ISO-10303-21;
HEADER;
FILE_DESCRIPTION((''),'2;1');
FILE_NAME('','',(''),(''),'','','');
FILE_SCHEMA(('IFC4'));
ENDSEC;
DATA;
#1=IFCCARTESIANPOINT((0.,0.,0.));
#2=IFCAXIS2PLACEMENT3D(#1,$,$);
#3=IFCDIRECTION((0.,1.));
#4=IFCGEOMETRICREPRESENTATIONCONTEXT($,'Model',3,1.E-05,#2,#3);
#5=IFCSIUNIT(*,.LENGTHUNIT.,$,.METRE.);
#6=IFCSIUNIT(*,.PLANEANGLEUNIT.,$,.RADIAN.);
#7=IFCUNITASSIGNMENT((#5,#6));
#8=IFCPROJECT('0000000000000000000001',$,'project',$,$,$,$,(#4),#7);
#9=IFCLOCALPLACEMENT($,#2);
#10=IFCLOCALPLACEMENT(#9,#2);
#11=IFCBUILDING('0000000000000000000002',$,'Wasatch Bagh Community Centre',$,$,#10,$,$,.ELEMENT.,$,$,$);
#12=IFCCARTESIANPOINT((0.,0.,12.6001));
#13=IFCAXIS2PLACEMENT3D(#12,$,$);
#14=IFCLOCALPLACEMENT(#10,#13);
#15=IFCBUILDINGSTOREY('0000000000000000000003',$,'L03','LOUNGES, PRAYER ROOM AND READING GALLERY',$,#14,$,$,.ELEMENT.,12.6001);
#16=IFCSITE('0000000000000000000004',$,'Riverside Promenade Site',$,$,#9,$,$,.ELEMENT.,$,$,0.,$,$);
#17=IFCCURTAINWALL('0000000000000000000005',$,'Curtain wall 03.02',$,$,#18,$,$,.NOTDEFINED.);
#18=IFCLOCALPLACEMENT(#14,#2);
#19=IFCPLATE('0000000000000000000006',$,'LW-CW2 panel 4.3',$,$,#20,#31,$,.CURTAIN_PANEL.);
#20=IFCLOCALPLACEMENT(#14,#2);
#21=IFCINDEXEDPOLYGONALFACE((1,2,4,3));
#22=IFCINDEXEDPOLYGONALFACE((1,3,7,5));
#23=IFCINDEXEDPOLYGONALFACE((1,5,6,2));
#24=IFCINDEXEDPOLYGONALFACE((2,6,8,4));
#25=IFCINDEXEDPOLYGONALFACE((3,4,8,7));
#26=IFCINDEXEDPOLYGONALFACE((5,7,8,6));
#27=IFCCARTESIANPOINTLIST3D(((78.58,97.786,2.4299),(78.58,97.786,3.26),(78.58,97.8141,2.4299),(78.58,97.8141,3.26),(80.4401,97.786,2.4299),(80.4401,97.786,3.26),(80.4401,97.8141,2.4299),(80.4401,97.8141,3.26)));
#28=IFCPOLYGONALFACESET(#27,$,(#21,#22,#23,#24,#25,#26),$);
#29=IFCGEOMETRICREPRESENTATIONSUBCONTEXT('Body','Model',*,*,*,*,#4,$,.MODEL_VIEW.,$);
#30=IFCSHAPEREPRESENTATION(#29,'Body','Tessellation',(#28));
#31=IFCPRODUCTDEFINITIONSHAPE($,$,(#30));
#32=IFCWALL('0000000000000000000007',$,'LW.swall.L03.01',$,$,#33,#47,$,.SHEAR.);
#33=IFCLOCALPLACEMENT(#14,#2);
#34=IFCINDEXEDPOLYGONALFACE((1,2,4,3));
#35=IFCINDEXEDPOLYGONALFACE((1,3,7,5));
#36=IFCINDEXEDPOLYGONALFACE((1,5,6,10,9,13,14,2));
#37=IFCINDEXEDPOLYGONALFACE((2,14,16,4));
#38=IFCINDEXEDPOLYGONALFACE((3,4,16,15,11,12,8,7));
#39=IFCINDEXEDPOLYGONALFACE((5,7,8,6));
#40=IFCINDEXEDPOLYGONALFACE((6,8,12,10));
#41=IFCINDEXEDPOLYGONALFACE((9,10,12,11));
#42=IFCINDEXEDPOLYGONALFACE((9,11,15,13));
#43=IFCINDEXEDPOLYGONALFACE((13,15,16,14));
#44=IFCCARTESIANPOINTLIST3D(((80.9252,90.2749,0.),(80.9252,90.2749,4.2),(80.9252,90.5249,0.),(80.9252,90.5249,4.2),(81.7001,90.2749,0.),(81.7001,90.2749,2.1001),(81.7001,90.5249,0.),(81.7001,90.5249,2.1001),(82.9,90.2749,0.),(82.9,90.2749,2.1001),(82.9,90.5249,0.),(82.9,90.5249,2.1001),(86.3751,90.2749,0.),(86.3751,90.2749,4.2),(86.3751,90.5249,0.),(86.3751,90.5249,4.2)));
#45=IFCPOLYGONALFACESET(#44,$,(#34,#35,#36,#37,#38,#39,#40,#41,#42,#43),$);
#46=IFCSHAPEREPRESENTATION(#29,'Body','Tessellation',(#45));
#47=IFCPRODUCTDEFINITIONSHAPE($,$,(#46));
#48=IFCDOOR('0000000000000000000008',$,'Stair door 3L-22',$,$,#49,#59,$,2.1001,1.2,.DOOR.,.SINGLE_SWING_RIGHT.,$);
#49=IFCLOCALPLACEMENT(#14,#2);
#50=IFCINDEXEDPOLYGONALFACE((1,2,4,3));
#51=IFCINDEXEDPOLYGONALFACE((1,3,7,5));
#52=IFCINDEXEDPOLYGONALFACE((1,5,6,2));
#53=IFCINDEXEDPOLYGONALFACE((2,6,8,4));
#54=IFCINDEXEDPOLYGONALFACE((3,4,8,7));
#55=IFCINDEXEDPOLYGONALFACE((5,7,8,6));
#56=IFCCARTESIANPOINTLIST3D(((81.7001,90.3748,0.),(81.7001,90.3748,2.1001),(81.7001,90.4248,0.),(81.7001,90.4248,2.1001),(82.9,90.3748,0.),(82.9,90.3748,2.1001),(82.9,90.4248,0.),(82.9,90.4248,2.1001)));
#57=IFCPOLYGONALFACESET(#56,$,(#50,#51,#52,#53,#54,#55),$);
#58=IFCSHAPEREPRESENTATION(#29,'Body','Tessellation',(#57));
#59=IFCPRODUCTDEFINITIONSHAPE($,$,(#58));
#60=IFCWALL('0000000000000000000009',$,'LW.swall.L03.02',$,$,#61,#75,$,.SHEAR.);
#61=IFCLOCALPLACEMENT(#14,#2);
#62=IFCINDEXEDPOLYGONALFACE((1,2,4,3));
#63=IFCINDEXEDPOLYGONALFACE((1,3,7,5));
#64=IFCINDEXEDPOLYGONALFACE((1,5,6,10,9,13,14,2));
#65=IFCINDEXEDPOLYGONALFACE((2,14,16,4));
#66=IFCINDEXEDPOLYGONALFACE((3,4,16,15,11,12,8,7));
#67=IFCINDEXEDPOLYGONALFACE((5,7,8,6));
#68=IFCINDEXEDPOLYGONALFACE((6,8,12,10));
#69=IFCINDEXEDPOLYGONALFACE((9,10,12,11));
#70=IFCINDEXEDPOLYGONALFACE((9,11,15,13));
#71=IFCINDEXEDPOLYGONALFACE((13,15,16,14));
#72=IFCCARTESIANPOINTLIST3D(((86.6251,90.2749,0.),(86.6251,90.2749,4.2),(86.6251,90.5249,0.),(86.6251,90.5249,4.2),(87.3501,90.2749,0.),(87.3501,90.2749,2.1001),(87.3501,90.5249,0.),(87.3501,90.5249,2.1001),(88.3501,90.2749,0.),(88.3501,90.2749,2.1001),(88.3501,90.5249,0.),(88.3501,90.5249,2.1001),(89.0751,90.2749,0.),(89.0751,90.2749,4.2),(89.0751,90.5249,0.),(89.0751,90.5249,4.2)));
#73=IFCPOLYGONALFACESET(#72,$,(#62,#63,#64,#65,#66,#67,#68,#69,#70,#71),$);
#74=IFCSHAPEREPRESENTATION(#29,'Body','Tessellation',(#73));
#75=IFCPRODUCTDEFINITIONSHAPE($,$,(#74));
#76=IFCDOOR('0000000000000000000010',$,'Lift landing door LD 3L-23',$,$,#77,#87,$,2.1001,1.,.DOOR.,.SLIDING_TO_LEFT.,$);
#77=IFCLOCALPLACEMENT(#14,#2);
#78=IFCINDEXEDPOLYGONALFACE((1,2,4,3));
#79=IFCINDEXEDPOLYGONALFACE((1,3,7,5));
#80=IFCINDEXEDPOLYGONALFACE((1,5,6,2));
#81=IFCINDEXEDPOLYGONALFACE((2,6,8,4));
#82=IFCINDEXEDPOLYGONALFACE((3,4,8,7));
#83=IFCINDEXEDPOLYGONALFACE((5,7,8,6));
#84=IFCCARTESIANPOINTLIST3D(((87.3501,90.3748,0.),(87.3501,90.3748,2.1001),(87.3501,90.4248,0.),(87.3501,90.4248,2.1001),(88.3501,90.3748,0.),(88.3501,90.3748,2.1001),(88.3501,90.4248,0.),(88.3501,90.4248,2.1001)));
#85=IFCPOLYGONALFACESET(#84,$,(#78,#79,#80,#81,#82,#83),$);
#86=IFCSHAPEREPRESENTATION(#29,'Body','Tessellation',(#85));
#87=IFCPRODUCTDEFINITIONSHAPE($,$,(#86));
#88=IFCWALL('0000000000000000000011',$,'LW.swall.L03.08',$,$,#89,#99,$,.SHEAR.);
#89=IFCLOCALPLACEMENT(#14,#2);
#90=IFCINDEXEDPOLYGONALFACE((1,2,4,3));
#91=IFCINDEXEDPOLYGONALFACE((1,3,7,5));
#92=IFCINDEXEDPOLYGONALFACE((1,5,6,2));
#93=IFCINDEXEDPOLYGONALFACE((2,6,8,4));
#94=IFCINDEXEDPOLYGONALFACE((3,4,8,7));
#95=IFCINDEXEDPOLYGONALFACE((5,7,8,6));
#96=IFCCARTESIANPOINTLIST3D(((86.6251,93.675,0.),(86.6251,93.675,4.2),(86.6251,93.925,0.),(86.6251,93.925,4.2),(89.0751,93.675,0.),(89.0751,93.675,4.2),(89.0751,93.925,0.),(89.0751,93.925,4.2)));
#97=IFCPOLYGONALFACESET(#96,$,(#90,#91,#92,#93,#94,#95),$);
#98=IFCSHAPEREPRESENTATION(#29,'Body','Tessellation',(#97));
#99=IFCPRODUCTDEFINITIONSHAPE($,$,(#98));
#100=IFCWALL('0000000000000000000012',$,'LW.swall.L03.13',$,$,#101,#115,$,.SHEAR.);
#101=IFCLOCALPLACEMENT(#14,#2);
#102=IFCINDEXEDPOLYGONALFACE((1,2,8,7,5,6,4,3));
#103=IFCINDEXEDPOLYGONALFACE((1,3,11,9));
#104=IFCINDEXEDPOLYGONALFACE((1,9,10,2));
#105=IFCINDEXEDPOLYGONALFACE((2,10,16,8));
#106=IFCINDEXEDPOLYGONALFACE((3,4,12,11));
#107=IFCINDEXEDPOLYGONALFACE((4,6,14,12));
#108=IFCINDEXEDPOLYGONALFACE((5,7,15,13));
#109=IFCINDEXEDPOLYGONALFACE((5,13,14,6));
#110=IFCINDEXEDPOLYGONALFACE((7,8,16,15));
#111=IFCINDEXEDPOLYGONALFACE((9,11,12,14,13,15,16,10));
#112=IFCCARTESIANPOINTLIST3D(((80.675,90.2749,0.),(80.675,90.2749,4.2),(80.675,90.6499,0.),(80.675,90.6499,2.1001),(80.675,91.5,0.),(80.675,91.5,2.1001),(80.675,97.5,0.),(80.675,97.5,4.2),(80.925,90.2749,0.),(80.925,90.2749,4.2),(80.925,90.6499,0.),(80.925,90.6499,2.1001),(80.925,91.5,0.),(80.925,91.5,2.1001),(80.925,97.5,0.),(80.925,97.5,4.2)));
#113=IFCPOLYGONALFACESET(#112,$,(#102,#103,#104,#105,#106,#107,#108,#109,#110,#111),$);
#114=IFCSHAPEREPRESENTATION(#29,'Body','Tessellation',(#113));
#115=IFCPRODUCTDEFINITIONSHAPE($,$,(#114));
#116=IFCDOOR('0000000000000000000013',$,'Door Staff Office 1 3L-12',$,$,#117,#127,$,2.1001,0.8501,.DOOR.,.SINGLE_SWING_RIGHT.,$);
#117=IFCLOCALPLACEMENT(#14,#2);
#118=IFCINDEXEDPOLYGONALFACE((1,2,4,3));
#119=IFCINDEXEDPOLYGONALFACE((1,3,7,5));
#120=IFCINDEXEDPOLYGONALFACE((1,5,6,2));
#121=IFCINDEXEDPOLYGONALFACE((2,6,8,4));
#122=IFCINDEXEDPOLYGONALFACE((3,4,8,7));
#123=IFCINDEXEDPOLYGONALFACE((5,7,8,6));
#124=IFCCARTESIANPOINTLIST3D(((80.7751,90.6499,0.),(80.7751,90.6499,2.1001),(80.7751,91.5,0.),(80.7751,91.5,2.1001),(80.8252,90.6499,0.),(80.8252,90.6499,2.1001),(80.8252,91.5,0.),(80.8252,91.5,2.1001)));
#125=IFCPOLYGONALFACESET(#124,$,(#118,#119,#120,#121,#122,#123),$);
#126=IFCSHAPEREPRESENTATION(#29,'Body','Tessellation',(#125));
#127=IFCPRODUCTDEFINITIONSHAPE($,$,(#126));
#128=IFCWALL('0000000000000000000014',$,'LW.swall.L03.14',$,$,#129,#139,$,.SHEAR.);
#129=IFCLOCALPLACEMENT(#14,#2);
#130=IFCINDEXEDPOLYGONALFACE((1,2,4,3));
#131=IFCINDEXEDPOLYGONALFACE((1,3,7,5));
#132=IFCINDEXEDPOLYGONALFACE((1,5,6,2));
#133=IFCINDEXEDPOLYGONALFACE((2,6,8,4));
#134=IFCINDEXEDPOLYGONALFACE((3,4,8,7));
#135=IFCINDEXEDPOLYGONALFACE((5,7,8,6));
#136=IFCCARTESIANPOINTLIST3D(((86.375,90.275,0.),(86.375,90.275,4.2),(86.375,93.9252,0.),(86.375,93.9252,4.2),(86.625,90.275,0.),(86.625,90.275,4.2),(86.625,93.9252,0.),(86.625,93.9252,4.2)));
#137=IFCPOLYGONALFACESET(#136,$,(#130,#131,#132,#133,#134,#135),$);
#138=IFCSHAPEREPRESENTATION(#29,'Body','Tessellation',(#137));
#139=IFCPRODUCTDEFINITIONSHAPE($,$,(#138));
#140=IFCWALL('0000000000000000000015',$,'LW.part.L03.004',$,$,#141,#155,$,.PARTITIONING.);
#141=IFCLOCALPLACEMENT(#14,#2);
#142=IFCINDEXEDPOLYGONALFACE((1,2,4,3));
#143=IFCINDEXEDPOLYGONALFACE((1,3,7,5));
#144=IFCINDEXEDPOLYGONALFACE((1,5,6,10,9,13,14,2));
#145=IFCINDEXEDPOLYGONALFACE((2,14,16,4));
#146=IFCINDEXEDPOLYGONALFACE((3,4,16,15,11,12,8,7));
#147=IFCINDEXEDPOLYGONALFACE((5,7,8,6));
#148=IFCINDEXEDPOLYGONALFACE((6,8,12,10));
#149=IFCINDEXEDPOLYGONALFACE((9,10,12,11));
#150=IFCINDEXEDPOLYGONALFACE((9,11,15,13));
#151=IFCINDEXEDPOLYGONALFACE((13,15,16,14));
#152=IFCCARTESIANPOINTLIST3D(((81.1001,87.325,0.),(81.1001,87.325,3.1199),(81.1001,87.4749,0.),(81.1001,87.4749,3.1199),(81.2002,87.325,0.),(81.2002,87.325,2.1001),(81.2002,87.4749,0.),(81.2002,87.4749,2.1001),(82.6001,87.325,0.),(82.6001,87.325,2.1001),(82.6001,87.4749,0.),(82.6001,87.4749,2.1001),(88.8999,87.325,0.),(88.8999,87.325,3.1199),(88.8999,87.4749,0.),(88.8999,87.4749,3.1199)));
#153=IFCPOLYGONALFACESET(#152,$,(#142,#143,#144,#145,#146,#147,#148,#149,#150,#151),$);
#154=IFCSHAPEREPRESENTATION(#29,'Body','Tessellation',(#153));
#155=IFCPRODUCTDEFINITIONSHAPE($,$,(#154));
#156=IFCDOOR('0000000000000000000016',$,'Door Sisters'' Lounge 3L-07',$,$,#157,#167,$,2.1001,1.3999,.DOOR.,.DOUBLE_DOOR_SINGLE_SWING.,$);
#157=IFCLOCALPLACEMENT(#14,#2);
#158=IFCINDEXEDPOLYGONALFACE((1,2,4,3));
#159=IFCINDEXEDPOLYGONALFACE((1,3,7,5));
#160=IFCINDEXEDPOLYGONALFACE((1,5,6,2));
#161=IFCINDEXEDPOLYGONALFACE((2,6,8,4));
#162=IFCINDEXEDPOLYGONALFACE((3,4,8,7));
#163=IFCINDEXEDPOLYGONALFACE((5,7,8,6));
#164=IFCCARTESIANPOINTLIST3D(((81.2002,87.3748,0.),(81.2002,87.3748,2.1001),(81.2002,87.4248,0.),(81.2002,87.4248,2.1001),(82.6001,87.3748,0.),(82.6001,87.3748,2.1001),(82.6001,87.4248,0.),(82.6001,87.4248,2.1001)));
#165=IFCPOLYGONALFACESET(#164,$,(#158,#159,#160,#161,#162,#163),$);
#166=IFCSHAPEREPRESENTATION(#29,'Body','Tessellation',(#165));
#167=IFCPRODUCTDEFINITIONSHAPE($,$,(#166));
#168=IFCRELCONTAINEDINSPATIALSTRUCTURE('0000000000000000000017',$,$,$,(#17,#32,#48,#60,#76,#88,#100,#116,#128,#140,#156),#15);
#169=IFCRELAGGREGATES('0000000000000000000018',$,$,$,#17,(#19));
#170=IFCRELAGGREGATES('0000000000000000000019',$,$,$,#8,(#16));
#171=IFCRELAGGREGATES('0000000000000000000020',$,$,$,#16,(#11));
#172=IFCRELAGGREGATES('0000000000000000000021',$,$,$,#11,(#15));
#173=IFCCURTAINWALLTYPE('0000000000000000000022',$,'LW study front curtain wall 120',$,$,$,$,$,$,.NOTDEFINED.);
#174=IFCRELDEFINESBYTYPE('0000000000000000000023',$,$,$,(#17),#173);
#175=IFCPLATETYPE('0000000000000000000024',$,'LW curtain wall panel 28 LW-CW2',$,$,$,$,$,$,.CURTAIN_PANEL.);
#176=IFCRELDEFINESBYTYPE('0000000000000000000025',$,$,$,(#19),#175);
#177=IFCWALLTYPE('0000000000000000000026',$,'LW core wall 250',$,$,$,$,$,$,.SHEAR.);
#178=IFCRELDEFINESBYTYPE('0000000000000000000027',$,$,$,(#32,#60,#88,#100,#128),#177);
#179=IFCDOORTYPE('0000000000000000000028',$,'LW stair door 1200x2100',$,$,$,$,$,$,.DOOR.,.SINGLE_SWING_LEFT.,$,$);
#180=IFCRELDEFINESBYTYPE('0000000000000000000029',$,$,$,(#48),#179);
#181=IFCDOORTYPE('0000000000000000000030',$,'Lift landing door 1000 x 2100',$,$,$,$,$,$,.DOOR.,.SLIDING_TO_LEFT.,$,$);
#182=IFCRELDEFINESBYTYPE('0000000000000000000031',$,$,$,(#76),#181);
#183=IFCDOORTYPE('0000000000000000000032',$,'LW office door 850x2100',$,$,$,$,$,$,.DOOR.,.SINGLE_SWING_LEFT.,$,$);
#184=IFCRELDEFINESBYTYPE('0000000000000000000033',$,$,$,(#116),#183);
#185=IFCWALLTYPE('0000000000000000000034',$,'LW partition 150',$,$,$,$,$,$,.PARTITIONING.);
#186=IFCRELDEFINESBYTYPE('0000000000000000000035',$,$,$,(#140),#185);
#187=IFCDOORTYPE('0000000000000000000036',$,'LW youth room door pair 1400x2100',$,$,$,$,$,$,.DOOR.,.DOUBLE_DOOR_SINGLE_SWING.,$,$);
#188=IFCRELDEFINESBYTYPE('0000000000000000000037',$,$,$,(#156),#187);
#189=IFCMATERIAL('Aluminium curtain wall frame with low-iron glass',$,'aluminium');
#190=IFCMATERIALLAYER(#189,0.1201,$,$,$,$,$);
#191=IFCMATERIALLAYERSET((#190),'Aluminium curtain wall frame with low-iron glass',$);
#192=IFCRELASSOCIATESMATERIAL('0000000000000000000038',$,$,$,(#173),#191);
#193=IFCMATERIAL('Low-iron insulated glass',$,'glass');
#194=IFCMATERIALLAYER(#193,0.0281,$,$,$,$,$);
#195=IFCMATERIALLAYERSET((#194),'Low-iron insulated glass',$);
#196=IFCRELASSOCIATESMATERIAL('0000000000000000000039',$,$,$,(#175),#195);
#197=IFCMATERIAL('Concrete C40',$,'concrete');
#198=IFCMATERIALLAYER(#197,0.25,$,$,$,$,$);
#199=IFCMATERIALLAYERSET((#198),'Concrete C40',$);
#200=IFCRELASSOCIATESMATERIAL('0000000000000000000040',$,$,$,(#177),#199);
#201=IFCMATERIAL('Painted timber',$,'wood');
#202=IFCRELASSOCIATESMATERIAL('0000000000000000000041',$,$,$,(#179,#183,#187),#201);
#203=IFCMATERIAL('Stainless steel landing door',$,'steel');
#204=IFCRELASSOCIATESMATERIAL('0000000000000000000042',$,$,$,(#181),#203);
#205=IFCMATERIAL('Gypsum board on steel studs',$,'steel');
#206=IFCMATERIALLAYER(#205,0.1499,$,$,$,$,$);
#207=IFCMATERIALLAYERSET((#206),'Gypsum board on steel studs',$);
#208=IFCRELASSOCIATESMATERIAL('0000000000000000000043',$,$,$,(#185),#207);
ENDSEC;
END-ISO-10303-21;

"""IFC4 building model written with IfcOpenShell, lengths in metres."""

from ifc_helpers import new_model, si_unit, direction, frame, frame_2d, origin, origin_2d, place, context, subcontext, project, spatial, rectangle, extrude, material, layer, layer_set, type_object, element, fill, aggregate, save


model = new_model("IFC4")

# Units and contexts
model_context = context("Model", 3, precision=1e-05, world=origin(), true_north=direction((0.0, 1.0)))
body_context = subcontext(model_context, "Body", "Model", "MODEL_VIEW")
ifc_project = project(units=[si_unit("LENGTHUNIT", "METRE"), si_unit("PLANEANGLEUNIT", "RADIAN")], contexts=[model_context])

# Site, building, storey
site_placement = place(None, origin())
site = spatial("IfcSite", under=ifc_project, at=site_placement, Name="Riverside Promenade Site", CompositionType="ELEMENT", RefElevation=0.0)
building_placement = place(site_placement, origin())
building = spatial("IfcBuilding", under=site, at=building_placement, Name="Wasatch Bagh Community Centre", CompositionType="ELEMENT")
storey_placement = place(building_placement, frame((0.0, 0.0, 12.6001)))
storey = spatial("IfcBuildingStorey", under=building, at=storey_placement, Name="L03", Description="LOUNGES, PRAYER ROOM AND READING GALLERY", CompositionType="ELEMENT", Elevation=12.6001)

# Shared definitions
ifc_material_1 = material(Name="Concrete C40", Category="concrete")

# Curtain wall
ifc_material_2 = material(Name="Aluminium curtain wall frame with low-iron glass", Category="aluminium")
ifc_layer_1 = layer(ifc_material_2, 0.1201)
ifc_layer_set_1 = layer_set([ifc_layer_1], Name="Aluminium curtain wall frame with low-iron glass")
curtain_wall_type_1 = type_object("IfcCurtainWallType", Name="LW study front curtain wall 120", PredefinedType="NOTDEFINED", material=ifc_layer_set_1)
curtain_wall_1_placement = place(storey_placement, origin())
curtain_wall_1 = element("IfcCurtainWall", 1, at=curtain_wall_1_placement, inside=storey, type_object=curtain_wall_type_1, Name="Curtain wall 03.02", PredefinedType="NOTDEFINED")

# Plate
ifc_material_3 = material(Name="Low-iron insulated glass", Category="glass")
ifc_layer_2 = layer(ifc_material_3, 0.0281)
ifc_layer_set_2 = layer_set([ifc_layer_2], Name="Low-iron insulated glass")
plate_type = type_object("IfcPlateType", Name="LW curtain wall panel 28 LW-CW2", PredefinedType="CURTAIN_PANEL", material=ifc_layer_set_2)
plate_placement = place(storey_placement, frame((79.51, 97.8, 2.4299), z_axis=(0.0, 0.0, 1.0), x_axis=(1.0, 0.0, 0.0)))
plate = element("IfcPlate", 2, at=plate_placement, type_object=plate_type, Name="LW-CW2 panel 4.3", PredefinedType="CURTAIN_PANEL", context=body_context, shape_type="SweptSolid", body=[
    extrude(rectangle(XDim=1.8601, YDim=0.0281, at=origin_2d()), origin(), (0.0, 0.0, 1.0), 0.8301),
])
aggregate(curtain_wall_1, [plate])

# Walls, openings, doors
ifc_layer_3 = layer(ifc_material_1, 0.25)
ifc_layer_set_3 = layer_set([ifc_layer_3], Name="Concrete C40")
wall_type_1 = type_object("IfcWallType", Name="LW core wall 250", PredefinedType="SHEAR", material=ifc_layer_set_3)
wall_1_placement = place(storey_placement, frame((80.925, 90.3999, 0.0), z_axis=(0.0, 0.0, 1.0), x_axis=(1.0, 0.0, 0.0)))
wall_1 = element("IfcWall", 3, at=wall_1_placement, inside=storey, type_object=wall_type_1, Name="LW.swall.L03.01", PredefinedType="SHEAR", context=body_context, shape_type="SweptSolid", body=[
    extrude(rectangle(XDim=5.45, YDim=0.25, at=frame_2d((2.7251, 0.0))), origin(), (0.0, 0.0, 1.0), 4.2),
])
opening_1_placement = place(wall_1_placement, frame((0.7749, 0.0, 0.0)))
opening_1 = element("IfcOpeningElement", 4, at=opening_1_placement, cuts=wall_1, PredefinedType="OPENING", context=body_context, shape_type="SweptSolid", body=[
    extrude(rectangle(XDim=1.2, YDim=2.1001, at=frame_2d((0.6001, 1.05))), frame((0.0, 0.135, 0.0), z_axis=(0.0, -1.0, 0.0), x_axis=(1.0, 0.0, 0.0)), (0.0, 0.0, 1.0), 0.27),
])
ifc_material_4 = material(Name="Painted timber", Category="wood")
door_type_1 = type_object("IfcDoorType", Name="LW stair door 1200x2100", OperationType="SINGLE_SWING_LEFT", PredefinedType="DOOR", material=ifc_material_4)
door_1_placement = place(opening_1_placement, origin())
door_1 = element("IfcDoor", 5, at=door_1_placement, inside=storey, type_object=door_type_1, Name="Stair door 3L-22", OperationType="SINGLE_SWING_RIGHT", OverallHeight=2.1001, OverallWidth=1.2, PredefinedType="DOOR", context=body_context, shape_type="SweptSolid", body=[
    extrude(rectangle(XDim=1.2, YDim=2.1001, at=frame_2d((0.6001, 1.05))), frame((0.0, 0.0249, 0.0), z_axis=(0.0, -1.0, 0.0), x_axis=(1.0, 0.0, 0.0)), (0.0, 0.0, 1.0), 0.05),
])
fill(opening_1, door_1)
wall_2_placement = place(storey_placement, frame((86.625, 90.3999, 0.0), z_axis=(0.0, 0.0, 1.0), x_axis=(1.0, 0.0, 0.0)))
wall_2 = element("IfcWall", 6, at=wall_2_placement, inside=storey, type_object=wall_type_1, Name="LW.swall.L03.02", PredefinedType="SHEAR", context=body_context, shape_type="SweptSolid", body=[
    extrude(rectangle(XDim=2.45, YDim=0.25, at=frame_2d((1.2251, 0.0))), origin(), (0.0, 0.0, 1.0), 4.2),
])
opening_2_placement = place(wall_2_placement, frame((0.7251, 0.0, 0.0)))
opening_2 = element("IfcOpeningElement", 7, at=opening_2_placement, cuts=wall_2, PredefinedType="OPENING", context=body_context, shape_type="SweptSolid", body=[
    extrude(rectangle(XDim=1.0, YDim=2.1001, at=frame_2d((0.5, 1.05))), frame((0.0, 0.135, 0.0), z_axis=(0.0, -1.0, 0.0), x_axis=(1.0, 0.0, 0.0)), (0.0, 0.0, 1.0), 0.27),
])
ifc_material_5 = material(Name="Stainless steel landing door", Category="steel")
door_type_2 = type_object("IfcDoorType", Name="Lift landing door 1000 x 2100", OperationType="SLIDING_TO_LEFT", PredefinedType="DOOR", material=ifc_material_5)
door_2_placement = place(opening_2_placement, origin())
door_2 = element("IfcDoor", 8, at=door_2_placement, inside=storey, type_object=door_type_2, Name="Lift landing door LD 3L-23", OperationType="SLIDING_TO_LEFT", OverallHeight=2.1001, OverallWidth=1.0, PredefinedType="DOOR", context=body_context, shape_type="SweptSolid", body=[
    extrude(rectangle(XDim=1.0, YDim=2.1001, at=frame_2d((0.5, 1.05))), frame((0.0, 0.0249, 0.0), z_axis=(0.0, -1.0, 0.0), x_axis=(1.0, 0.0, 0.0)), (0.0, 0.0, 1.0), 0.05),
])
fill(opening_2, door_2)

# Wall
wall_3_placement = place(storey_placement, frame((86.625, 93.8, 0.0), z_axis=(0.0, 0.0, 1.0), x_axis=(1.0, 0.0, 0.0)))
element("IfcWall", 9, at=wall_3_placement, inside=storey, type_object=wall_type_1, Name="LW.swall.L03.08", PredefinedType="SHEAR", context=body_context, shape_type="SweptSolid", body=[
    extrude(rectangle(XDim=2.45, YDim=0.25, at=frame_2d((1.2251, 0.0))), origin(), (0.0, 0.0, 1.0), 4.2),
])

# Wall, opening, door
wall_4_placement = place(storey_placement, frame((80.8, 90.2749, 0.0), z_axis=(0.0, 0.0, 1.0), x_axis=(0.0, 1.0, 0.0)))
wall_4 = element("IfcWall", 10, at=wall_4_placement, inside=storey, type_object=wall_type_1, Name="LW.swall.L03.13", PredefinedType="SHEAR", context=body_context, shape_type="SweptSolid", body=[
    extrude(rectangle(XDim=7.2251, YDim=0.25, at=frame_2d((3.6125, 0.0))), origin(), (0.0, 0.0, 1.0), 4.2),
])
opening_3_placement = place(wall_4_placement, frame((0.375, 0.0, 0.0)))
opening_3 = element("IfcOpeningElement", 11, at=opening_3_placement, cuts=wall_4, PredefinedType="OPENING", context=body_context, shape_type="SweptSolid", body=[
    extrude(rectangle(XDim=0.8501, YDim=2.1001, at=frame_2d((0.425, 1.05))), frame((0.0, 0.135, 0.0), z_axis=(0.0, -1.0, 0.0), x_axis=(1.0, 0.0, 0.0)), (0.0, 0.0, 1.0), 0.27),
])
door_type_3 = type_object("IfcDoorType", Name="LW office door 850x2100", OperationType="SINGLE_SWING_LEFT", PredefinedType="DOOR", material=ifc_material_4)
door_3_placement = place(opening_3_placement, origin())
door_3 = element("IfcDoor", 12, at=door_3_placement, inside=storey, type_object=door_type_3, Name="Door Staff Office 1 3L-12", OperationType="SINGLE_SWING_RIGHT", OverallHeight=2.1001, OverallWidth=0.8501, PredefinedType="DOOR", context=body_context, shape_type="SweptSolid", body=[
    extrude(rectangle(XDim=0.8501, YDim=2.1001, at=frame_2d((0.425, 1.05))), frame((0.0, 0.0249, 0.0), z_axis=(0.0, -1.0, 0.0), x_axis=(1.0, 0.0, 0.0)), (0.0, 0.0, 1.0), 0.05),
])
fill(opening_3, door_3)

# Wall
wall_5_placement = place(storey_placement, frame((86.5, 90.2749, 0.0), z_axis=(0.0, 0.0, 1.0), x_axis=(0.0, 1.0, 0.0)))
element("IfcWall", 13, at=wall_5_placement, inside=storey, type_object=wall_type_1, Name="LW.swall.L03.14", PredefinedType="SHEAR", context=body_context, shape_type="SweptSolid", body=[
    extrude(rectangle(XDim=3.6501, YDim=0.25, at=frame_2d((1.8252, 0.0))), origin(), (0.0, 0.0, 1.0), 4.2),
])

# Wall, opening, door
ifc_material_6 = material(Name="Gypsum board on steel studs", Category="steel")
ifc_layer_4 = layer(ifc_material_6, 0.1499)
ifc_layer_set_4 = layer_set([ifc_layer_4], Name="Gypsum board on steel studs")
wall_type_2 = type_object("IfcWallType", Name="LW partition 150", PredefinedType="PARTITIONING", material=ifc_layer_set_4)
wall_6_placement = place(storey_placement, frame((81.1001, 87.3999, 0.0), z_axis=(0.0, 0.0, 1.0), x_axis=(1.0, 0.0, 0.0)))
wall_6 = element("IfcWall", 14, at=wall_6_placement, inside=storey, type_object=wall_type_2, Name="LW.part.L03.004", PredefinedType="PARTITIONING", context=body_context, shape_type="SweptSolid", body=[
    extrude(rectangle(XDim=7.7998, YDim=0.1499, at=frame_2d((3.8999, 0.0))), origin(), (0.0, 0.0, 1.0), 3.1199),
])
opening_4_placement = place(wall_6_placement, frame((0.1001, 0.0, 0.0)))
opening_4 = element("IfcOpeningElement", 15, at=opening_4_placement, cuts=wall_6, PredefinedType="OPENING", context=body_context, shape_type="SweptSolid", body=[
    extrude(rectangle(XDim=1.3999, YDim=2.1001, at=frame_2d((0.7, 1.05))), frame((0.0, 0.085, 0.0), z_axis=(0.0, -1.0, 0.0), x_axis=(1.0, 0.0, 0.0)), (0.0, 0.0, 1.0), 0.1699),
])
door_type_4 = type_object("IfcDoorType", Name="LW youth room door pair 1400x2100", OperationType="DOUBLE_DOOR_SINGLE_SWING", PredefinedType="DOOR", material=ifc_material_4)
door_4_placement = place(opening_4_placement, origin())
door_4 = element("IfcDoor", 16, at=door_4_placement, inside=storey, type_object=door_type_4, Name="Door Sisters' Lounge 3L-07", OperationType="DOUBLE_DOOR_SINGLE_SWING", OverallHeight=2.1001, OverallWidth=1.3999, PredefinedType="DOOR", context=body_context, shape_type="SweptSolid", body=[
    extrude(rectangle(XDim=1.3999, YDim=2.1001, at=frame_2d((0.7, 1.05))), frame((0.0, 0.0249, 0.0), z_axis=(0.0, -1.0, 0.0), x_axis=(1.0, 0.0, 0.0)), (0.0, 0.0, 1.0), 0.05),
])
fill(opening_4, door_4)

save(model, "model.ifc")
